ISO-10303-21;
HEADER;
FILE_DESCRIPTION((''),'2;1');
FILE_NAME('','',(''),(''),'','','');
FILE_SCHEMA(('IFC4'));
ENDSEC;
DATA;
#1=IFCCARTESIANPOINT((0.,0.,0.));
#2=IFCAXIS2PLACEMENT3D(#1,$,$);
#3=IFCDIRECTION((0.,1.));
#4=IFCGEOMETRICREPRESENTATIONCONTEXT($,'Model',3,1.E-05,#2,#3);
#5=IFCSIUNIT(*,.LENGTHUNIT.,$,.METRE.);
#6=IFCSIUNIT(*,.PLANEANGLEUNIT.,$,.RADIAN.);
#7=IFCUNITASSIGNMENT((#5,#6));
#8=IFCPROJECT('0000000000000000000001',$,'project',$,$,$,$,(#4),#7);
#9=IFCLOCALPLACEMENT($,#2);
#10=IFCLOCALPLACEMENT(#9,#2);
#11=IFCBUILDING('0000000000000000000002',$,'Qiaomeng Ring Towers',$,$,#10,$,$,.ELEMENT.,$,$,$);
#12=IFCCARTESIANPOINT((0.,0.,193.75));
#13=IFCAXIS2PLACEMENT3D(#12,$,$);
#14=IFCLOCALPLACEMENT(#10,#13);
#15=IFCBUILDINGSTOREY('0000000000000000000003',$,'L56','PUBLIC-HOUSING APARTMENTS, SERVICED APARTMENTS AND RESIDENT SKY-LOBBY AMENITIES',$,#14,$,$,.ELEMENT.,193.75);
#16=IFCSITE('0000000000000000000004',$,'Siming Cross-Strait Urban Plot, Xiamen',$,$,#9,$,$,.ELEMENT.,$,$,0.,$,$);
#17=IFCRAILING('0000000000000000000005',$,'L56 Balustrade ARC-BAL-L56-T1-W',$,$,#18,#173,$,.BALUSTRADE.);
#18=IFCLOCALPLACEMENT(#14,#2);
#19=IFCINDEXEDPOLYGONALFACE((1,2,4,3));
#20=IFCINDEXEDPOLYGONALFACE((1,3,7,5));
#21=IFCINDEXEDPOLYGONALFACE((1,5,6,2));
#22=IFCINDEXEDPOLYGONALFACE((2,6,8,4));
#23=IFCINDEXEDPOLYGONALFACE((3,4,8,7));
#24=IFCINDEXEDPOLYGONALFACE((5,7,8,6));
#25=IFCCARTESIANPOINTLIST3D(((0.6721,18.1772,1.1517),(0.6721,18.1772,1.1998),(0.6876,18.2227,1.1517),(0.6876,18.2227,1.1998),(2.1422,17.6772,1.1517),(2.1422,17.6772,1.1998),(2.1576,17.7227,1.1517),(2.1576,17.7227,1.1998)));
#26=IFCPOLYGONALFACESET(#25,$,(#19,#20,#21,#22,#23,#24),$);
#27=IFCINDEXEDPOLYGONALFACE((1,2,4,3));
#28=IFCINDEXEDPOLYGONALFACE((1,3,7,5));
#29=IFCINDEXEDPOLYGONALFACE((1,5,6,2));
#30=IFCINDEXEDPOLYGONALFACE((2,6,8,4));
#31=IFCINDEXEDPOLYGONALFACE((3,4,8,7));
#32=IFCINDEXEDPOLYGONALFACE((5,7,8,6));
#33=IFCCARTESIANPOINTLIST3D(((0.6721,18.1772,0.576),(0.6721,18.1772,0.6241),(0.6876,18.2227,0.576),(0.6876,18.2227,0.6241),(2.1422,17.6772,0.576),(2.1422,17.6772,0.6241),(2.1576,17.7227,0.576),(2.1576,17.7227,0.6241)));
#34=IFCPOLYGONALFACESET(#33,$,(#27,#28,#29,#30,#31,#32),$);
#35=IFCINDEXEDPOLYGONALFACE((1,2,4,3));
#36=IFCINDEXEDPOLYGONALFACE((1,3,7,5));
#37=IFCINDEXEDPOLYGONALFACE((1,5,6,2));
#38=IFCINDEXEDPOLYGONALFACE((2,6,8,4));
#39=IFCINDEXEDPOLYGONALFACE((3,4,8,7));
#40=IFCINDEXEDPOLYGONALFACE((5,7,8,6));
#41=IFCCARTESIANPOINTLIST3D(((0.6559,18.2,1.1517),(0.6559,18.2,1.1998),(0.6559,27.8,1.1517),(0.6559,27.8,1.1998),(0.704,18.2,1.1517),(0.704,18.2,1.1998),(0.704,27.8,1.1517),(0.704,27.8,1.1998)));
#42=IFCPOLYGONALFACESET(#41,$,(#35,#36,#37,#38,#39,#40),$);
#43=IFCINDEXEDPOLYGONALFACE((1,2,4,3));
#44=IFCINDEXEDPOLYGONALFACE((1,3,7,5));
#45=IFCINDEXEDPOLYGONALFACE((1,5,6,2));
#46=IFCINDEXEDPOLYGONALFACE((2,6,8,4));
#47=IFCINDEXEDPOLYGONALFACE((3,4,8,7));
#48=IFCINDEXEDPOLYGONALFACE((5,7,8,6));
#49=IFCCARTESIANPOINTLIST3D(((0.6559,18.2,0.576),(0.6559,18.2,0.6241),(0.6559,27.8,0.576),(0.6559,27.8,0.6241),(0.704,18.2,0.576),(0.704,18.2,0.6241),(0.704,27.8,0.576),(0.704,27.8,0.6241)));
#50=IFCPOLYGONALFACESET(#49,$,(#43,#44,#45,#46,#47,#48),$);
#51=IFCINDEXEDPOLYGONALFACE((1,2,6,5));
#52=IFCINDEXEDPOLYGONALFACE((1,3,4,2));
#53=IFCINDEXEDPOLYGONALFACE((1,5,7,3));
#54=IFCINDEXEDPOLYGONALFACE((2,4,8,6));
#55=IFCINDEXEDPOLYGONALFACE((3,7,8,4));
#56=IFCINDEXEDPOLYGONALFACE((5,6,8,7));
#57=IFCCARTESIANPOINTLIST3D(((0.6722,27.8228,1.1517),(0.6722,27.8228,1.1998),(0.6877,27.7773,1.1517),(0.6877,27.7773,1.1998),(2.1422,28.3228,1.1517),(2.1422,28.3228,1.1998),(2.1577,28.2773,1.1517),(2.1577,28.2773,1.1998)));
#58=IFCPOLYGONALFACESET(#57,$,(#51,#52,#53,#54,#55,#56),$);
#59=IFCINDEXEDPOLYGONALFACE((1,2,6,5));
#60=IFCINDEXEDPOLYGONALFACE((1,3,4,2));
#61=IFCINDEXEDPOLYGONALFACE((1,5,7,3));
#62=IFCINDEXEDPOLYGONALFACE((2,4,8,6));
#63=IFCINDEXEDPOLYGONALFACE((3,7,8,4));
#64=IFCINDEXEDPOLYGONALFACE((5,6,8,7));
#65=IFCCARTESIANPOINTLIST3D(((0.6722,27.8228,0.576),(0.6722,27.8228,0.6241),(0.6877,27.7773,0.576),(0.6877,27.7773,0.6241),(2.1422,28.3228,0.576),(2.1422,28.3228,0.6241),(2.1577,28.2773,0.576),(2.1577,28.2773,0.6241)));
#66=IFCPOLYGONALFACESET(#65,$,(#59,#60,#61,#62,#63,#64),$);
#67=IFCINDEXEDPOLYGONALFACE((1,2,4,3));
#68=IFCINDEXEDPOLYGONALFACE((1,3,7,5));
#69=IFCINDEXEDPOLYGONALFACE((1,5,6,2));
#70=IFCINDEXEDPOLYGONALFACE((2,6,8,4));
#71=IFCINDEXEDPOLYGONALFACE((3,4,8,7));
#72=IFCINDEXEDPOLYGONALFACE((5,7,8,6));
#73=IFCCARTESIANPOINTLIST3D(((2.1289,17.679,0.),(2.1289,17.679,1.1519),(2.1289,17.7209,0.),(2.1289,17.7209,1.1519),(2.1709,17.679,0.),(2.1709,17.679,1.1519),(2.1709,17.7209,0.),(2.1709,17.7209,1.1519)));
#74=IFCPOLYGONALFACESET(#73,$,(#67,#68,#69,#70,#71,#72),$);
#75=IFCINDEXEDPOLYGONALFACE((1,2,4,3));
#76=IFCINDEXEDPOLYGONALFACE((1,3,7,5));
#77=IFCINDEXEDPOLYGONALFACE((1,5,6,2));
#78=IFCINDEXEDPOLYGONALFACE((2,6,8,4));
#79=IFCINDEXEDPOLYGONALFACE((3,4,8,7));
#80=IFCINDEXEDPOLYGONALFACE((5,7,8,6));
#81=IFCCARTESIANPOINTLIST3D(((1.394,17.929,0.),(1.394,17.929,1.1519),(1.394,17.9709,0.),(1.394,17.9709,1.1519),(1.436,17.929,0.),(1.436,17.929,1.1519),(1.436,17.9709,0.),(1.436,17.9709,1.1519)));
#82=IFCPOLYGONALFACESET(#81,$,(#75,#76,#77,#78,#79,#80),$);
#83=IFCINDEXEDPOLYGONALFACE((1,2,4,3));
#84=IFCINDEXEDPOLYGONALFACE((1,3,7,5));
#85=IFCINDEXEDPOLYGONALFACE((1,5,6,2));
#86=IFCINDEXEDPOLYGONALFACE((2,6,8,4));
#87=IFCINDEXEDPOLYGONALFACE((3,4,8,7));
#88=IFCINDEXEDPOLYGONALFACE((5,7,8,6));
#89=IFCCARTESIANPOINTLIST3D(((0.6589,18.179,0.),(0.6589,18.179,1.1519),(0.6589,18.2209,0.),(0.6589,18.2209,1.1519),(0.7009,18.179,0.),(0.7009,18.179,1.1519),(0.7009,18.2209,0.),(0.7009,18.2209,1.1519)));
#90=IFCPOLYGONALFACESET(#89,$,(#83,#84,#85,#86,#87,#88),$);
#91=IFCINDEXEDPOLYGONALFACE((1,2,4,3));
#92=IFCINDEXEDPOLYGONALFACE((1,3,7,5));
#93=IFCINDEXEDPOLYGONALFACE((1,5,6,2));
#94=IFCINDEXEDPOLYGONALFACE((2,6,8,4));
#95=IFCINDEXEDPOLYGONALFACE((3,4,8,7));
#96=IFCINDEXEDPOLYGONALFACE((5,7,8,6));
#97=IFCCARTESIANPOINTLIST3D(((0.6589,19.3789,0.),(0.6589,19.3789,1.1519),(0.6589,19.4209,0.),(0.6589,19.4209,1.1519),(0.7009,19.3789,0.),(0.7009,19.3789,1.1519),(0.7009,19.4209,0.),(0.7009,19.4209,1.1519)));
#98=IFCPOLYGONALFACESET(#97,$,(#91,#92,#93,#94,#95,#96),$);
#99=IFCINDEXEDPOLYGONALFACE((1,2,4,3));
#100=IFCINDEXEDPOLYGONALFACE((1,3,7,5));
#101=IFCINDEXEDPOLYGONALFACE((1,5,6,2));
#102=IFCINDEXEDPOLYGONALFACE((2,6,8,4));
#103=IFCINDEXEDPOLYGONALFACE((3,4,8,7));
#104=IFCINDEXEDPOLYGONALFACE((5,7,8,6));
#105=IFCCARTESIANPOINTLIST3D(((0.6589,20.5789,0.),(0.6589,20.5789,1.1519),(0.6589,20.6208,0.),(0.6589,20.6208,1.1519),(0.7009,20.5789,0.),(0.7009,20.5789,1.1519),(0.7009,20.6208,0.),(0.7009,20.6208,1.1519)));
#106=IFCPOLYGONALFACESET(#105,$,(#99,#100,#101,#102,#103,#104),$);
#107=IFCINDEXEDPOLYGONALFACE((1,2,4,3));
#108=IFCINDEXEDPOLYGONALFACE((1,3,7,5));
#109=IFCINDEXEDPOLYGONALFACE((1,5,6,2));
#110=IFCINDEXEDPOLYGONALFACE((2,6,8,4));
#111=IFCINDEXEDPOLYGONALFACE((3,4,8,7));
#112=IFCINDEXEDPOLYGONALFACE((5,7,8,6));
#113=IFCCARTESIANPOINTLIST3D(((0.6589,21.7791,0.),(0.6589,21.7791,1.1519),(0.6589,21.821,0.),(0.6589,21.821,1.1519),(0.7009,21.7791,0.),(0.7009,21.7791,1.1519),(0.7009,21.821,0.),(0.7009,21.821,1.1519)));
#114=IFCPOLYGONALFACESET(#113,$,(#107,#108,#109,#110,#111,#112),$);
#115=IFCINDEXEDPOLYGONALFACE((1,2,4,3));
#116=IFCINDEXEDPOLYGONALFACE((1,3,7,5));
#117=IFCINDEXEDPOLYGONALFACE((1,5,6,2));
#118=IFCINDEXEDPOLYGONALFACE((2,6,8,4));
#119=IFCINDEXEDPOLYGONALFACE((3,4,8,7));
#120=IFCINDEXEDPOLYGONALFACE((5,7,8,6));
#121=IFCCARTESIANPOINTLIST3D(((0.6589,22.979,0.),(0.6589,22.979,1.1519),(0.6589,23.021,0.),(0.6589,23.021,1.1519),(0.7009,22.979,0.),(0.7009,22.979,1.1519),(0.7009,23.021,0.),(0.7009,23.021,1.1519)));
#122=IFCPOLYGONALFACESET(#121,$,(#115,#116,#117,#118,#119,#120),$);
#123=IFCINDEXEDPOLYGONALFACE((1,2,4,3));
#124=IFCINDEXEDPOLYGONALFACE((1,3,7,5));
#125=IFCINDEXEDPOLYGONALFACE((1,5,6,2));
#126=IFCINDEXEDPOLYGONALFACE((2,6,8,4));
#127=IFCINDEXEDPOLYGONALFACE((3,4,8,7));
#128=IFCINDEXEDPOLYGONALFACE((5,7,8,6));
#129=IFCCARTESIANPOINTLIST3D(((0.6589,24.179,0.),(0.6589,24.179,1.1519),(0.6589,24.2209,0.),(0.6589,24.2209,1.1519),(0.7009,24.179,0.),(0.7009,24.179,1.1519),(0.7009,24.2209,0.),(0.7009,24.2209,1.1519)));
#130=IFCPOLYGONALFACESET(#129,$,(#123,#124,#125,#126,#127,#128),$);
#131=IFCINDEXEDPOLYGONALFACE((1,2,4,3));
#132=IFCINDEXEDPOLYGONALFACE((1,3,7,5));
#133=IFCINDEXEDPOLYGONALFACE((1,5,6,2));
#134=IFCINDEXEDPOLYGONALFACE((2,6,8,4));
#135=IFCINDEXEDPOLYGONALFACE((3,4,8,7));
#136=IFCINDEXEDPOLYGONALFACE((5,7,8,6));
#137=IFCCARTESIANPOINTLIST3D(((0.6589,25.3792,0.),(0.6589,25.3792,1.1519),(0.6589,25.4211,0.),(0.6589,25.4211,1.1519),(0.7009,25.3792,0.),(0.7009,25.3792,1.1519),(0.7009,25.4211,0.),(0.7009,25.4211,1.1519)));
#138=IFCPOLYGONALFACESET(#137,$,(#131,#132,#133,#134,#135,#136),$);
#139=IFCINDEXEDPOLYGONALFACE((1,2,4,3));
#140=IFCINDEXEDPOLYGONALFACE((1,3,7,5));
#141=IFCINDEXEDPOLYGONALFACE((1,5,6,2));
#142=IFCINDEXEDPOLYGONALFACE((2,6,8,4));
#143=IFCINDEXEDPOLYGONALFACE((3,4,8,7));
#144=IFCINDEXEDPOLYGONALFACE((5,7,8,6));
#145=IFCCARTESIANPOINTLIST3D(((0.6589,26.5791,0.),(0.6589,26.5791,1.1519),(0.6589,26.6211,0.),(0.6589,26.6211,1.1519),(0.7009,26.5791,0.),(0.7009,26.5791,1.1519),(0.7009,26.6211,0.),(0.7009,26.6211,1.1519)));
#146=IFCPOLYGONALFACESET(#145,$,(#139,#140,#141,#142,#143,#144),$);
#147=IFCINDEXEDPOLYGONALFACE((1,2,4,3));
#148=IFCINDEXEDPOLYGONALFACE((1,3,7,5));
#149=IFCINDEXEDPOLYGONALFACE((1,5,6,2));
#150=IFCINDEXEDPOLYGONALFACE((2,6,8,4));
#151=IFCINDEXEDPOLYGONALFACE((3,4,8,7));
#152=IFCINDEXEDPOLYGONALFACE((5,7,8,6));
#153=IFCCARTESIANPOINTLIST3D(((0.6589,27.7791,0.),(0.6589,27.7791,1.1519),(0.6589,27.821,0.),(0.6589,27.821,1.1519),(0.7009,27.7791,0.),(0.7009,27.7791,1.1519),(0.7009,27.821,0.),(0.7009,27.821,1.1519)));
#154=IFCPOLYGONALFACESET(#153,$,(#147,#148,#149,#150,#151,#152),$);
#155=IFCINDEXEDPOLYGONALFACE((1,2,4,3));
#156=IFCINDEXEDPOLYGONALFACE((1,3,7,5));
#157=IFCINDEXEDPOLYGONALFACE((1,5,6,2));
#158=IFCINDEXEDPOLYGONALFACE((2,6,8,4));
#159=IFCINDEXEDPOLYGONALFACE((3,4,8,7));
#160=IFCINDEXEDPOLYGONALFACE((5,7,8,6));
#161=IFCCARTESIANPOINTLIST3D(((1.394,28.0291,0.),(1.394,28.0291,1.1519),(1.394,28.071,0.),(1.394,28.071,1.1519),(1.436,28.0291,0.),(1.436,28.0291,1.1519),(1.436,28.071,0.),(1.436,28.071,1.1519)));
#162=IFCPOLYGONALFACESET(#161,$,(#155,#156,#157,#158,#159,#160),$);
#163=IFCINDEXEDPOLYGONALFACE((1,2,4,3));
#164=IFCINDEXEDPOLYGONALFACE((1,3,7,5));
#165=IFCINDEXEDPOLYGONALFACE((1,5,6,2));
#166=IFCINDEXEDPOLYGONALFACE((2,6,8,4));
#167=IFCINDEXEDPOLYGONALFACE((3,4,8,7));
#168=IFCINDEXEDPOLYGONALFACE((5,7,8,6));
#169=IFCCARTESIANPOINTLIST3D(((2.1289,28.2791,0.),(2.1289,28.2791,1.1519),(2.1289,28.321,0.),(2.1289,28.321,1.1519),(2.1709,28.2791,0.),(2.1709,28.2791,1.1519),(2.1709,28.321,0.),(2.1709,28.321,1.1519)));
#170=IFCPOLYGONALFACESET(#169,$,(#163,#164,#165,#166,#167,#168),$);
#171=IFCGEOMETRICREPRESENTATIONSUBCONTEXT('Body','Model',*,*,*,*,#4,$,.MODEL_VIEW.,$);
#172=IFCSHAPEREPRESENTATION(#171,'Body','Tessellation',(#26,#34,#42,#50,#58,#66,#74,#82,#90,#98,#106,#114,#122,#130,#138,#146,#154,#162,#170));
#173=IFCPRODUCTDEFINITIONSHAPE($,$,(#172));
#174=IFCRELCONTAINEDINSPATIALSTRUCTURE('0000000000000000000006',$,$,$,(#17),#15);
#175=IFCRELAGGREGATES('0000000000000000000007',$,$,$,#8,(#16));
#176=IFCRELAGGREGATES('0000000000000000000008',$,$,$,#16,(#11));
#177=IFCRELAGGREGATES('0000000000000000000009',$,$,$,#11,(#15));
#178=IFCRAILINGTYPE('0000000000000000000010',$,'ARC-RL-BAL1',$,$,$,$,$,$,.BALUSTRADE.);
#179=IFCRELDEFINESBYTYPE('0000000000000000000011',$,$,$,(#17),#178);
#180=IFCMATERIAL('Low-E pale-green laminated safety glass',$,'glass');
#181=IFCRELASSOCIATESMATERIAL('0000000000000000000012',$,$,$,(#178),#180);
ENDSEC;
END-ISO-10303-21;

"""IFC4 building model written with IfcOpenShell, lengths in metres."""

from ifc_helpers import new_model, si_unit, direction, frame, origin, origin_2d, place, context, subcontext, project, spatial, rectangle, extrude, material, type_object, element, save


model = new_model("IFC4")

# Units and contexts
model_context = context("Model", 3, precision=1e-05, world=origin(), true_north=direction((0.0, 1.0)))
body_context = subcontext(model_context, "Body", "Model", "MODEL_VIEW")
ifc_project = project(units=[si_unit("LENGTHUNIT", "METRE"), si_unit("PLANEANGLEUNIT", "RADIAN")], contexts=[model_context])

# Site, building, storey
site_placement = place(None, origin())
site = spatial("IfcSite", under=ifc_project, at=site_placement, Name="Siming Cross-Strait Urban Plot, Xiamen", CompositionType="ELEMENT", RefElevation=0.0)
building_placement = place(site_placement, origin())
building = spatial("IfcBuilding", under=site, at=building_placement, Name="Qiaomeng Ring Towers", CompositionType="ELEMENT")
storey_placement = place(building_placement, frame((0.0, 0.0, 193.75)))
storey = spatial("IfcBuildingStorey", under=building, at=storey_placement, Name="L56", Description="PUBLIC-HOUSING APARTMENTS, SERVICED APARTMENTS AND RESIDENT SKY-LOBBY AMENITIES", CompositionType="ELEMENT", Elevation=193.75)

# Railing
ifc_material_1 = material(Name="Low-E pale-green laminated safety glass", Category="glass")
railing_type = type_object("IfcRailingType", Name="ARC-RL-BAL1", PredefinedType="BALUSTRADE", material=ifc_material_1)
railing_placement = place(storey_placement, frame((2.1499, 17.7, 0.0)))
element("IfcRailing", 1, at=railing_placement, inside=storey, type_object=railing_type, Name="L56 Balustrade ARC-BAL-L56-T1-W", PredefinedType="BALUSTRADE", context=body_context, shape_type="SweptSolid", body=[
    extrude(rectangle(XDim=0.0481, YDim=0.0481, at=origin_2d()), frame((0.0, 0.0, 1.1758), z_axis=(-0.946732, 0.322024, 0.0), x_axis=(-0.322024, -0.946732, 0.0)), (0.0, 0.0, 1.0), 1.5527),
    extrude(rectangle(XDim=0.0481, YDim=0.0481, at=origin_2d()), frame((0.0, 0.0, 0.6001), z_axis=(-0.946732, 0.322024, 0.0), x_axis=(-0.322024, -0.946732, 0.0)), (0.0, 0.0, 1.0), 1.5527),
    extrude(rectangle(XDim=0.0481, YDim=0.0481, at=origin_2d()), frame((-1.47, 0.5, 1.1758), z_axis=(0.0, 1.0, 0.0), x_axis=(-1.0, 0.0, 0.0)), (0.0, 0.0, 1.0), 9.6001),
    extrude(rectangle(XDim=0.0481, YDim=0.0481, at=origin_2d()), frame((-1.47, 0.5, 0.6001), z_axis=(0.0, 1.0, 0.0), x_axis=(-1.0, 0.0, 0.0)), (0.0, 0.0, 1.0), 9.6001),
    extrude(rectangle(XDim=0.0481, YDim=0.0481, at=origin_2d()), frame((-1.47, 10.1001, 1.1758), z_axis=(0.946732, 0.322024, 0.0), x_axis=(-0.322024, 0.946732, 0.0)), (0.0, 0.0, 1.0), 1.5527),
    extrude(rectangle(XDim=0.0481, YDim=0.0481, at=origin_2d()), frame((-1.47, 10.1001, 0.6001), z_axis=(0.946732, 0.322024, 0.0), x_axis=(-0.322024, 0.946732, 0.0)), (0.0, 0.0, 1.0), 1.5527),
    extrude(rectangle(XDim=0.042, YDim=0.042, at=origin_2d()), origin(), (0.0, 0.0, 1.0), 1.1519),
    extrude(rectangle(XDim=0.042, YDim=0.042, at=origin_2d()), frame((-0.7349, 0.25, 0.0)), (0.0, 0.0, 1.0), 1.1519),
    extrude(rectangle(XDim=0.042, YDim=0.042, at=origin_2d()), frame((-1.47, 0.5, 0.0)), (0.0, 0.0, 1.0), 1.1519),
    extrude(rectangle(XDim=0.042, YDim=0.042, at=origin_2d()), frame((-1.47, 1.7, 0.0)), (0.0, 0.0, 1.0), 1.1519),
    extrude(rectangle(XDim=0.042, YDim=0.042, at=origin_2d()), frame((-1.47, 2.8999, 0.0)), (0.0, 0.0, 1.0), 1.1519),
    extrude(rectangle(XDim=0.042, YDim=0.042, at=origin_2d()), frame((-1.47, 4.1001, 0.0)), (0.0, 0.0, 1.0), 1.1519),
    extrude(rectangle(XDim=0.042, YDim=0.042, at=origin_2d()), frame((-1.47, 5.3, 0.0)), (0.0, 0.0, 1.0), 1.1519),
    extrude(rectangle(XDim=0.042, YDim=0.042, at=origin_2d()), frame((-1.47, 6.5, 0.0)), (0.0, 0.0, 1.0), 1.1519),
    extrude(rectangle(XDim=0.042, YDim=0.042, at=origin_2d()), frame((-1.47, 7.7002, 0.0)), (0.0, 0.0, 1.0), 1.1519),
    extrude(rectangle(XDim=0.042, YDim=0.042, at=origin_2d()), frame((-1.47, 8.9001, 0.0)), (0.0, 0.0, 1.0), 1.1519),
    extrude(rectangle(XDim=0.042, YDim=0.042, at=origin_2d()), frame((-1.47, 10.1001, 0.0)), (0.0, 0.0, 1.0), 1.1519),
    extrude(rectangle(XDim=0.042, YDim=0.042, at=origin_2d()), frame((-0.7349, 10.3501, 0.0)), (0.0, 0.0, 1.0), 1.1519),
    extrude(rectangle(XDim=0.042, YDim=0.042, at=origin_2d()), frame((0.0, 10.6001, 0.0)), (0.0, 0.0, 1.0), 1.1519),
])

save(model, "model.ifc")
